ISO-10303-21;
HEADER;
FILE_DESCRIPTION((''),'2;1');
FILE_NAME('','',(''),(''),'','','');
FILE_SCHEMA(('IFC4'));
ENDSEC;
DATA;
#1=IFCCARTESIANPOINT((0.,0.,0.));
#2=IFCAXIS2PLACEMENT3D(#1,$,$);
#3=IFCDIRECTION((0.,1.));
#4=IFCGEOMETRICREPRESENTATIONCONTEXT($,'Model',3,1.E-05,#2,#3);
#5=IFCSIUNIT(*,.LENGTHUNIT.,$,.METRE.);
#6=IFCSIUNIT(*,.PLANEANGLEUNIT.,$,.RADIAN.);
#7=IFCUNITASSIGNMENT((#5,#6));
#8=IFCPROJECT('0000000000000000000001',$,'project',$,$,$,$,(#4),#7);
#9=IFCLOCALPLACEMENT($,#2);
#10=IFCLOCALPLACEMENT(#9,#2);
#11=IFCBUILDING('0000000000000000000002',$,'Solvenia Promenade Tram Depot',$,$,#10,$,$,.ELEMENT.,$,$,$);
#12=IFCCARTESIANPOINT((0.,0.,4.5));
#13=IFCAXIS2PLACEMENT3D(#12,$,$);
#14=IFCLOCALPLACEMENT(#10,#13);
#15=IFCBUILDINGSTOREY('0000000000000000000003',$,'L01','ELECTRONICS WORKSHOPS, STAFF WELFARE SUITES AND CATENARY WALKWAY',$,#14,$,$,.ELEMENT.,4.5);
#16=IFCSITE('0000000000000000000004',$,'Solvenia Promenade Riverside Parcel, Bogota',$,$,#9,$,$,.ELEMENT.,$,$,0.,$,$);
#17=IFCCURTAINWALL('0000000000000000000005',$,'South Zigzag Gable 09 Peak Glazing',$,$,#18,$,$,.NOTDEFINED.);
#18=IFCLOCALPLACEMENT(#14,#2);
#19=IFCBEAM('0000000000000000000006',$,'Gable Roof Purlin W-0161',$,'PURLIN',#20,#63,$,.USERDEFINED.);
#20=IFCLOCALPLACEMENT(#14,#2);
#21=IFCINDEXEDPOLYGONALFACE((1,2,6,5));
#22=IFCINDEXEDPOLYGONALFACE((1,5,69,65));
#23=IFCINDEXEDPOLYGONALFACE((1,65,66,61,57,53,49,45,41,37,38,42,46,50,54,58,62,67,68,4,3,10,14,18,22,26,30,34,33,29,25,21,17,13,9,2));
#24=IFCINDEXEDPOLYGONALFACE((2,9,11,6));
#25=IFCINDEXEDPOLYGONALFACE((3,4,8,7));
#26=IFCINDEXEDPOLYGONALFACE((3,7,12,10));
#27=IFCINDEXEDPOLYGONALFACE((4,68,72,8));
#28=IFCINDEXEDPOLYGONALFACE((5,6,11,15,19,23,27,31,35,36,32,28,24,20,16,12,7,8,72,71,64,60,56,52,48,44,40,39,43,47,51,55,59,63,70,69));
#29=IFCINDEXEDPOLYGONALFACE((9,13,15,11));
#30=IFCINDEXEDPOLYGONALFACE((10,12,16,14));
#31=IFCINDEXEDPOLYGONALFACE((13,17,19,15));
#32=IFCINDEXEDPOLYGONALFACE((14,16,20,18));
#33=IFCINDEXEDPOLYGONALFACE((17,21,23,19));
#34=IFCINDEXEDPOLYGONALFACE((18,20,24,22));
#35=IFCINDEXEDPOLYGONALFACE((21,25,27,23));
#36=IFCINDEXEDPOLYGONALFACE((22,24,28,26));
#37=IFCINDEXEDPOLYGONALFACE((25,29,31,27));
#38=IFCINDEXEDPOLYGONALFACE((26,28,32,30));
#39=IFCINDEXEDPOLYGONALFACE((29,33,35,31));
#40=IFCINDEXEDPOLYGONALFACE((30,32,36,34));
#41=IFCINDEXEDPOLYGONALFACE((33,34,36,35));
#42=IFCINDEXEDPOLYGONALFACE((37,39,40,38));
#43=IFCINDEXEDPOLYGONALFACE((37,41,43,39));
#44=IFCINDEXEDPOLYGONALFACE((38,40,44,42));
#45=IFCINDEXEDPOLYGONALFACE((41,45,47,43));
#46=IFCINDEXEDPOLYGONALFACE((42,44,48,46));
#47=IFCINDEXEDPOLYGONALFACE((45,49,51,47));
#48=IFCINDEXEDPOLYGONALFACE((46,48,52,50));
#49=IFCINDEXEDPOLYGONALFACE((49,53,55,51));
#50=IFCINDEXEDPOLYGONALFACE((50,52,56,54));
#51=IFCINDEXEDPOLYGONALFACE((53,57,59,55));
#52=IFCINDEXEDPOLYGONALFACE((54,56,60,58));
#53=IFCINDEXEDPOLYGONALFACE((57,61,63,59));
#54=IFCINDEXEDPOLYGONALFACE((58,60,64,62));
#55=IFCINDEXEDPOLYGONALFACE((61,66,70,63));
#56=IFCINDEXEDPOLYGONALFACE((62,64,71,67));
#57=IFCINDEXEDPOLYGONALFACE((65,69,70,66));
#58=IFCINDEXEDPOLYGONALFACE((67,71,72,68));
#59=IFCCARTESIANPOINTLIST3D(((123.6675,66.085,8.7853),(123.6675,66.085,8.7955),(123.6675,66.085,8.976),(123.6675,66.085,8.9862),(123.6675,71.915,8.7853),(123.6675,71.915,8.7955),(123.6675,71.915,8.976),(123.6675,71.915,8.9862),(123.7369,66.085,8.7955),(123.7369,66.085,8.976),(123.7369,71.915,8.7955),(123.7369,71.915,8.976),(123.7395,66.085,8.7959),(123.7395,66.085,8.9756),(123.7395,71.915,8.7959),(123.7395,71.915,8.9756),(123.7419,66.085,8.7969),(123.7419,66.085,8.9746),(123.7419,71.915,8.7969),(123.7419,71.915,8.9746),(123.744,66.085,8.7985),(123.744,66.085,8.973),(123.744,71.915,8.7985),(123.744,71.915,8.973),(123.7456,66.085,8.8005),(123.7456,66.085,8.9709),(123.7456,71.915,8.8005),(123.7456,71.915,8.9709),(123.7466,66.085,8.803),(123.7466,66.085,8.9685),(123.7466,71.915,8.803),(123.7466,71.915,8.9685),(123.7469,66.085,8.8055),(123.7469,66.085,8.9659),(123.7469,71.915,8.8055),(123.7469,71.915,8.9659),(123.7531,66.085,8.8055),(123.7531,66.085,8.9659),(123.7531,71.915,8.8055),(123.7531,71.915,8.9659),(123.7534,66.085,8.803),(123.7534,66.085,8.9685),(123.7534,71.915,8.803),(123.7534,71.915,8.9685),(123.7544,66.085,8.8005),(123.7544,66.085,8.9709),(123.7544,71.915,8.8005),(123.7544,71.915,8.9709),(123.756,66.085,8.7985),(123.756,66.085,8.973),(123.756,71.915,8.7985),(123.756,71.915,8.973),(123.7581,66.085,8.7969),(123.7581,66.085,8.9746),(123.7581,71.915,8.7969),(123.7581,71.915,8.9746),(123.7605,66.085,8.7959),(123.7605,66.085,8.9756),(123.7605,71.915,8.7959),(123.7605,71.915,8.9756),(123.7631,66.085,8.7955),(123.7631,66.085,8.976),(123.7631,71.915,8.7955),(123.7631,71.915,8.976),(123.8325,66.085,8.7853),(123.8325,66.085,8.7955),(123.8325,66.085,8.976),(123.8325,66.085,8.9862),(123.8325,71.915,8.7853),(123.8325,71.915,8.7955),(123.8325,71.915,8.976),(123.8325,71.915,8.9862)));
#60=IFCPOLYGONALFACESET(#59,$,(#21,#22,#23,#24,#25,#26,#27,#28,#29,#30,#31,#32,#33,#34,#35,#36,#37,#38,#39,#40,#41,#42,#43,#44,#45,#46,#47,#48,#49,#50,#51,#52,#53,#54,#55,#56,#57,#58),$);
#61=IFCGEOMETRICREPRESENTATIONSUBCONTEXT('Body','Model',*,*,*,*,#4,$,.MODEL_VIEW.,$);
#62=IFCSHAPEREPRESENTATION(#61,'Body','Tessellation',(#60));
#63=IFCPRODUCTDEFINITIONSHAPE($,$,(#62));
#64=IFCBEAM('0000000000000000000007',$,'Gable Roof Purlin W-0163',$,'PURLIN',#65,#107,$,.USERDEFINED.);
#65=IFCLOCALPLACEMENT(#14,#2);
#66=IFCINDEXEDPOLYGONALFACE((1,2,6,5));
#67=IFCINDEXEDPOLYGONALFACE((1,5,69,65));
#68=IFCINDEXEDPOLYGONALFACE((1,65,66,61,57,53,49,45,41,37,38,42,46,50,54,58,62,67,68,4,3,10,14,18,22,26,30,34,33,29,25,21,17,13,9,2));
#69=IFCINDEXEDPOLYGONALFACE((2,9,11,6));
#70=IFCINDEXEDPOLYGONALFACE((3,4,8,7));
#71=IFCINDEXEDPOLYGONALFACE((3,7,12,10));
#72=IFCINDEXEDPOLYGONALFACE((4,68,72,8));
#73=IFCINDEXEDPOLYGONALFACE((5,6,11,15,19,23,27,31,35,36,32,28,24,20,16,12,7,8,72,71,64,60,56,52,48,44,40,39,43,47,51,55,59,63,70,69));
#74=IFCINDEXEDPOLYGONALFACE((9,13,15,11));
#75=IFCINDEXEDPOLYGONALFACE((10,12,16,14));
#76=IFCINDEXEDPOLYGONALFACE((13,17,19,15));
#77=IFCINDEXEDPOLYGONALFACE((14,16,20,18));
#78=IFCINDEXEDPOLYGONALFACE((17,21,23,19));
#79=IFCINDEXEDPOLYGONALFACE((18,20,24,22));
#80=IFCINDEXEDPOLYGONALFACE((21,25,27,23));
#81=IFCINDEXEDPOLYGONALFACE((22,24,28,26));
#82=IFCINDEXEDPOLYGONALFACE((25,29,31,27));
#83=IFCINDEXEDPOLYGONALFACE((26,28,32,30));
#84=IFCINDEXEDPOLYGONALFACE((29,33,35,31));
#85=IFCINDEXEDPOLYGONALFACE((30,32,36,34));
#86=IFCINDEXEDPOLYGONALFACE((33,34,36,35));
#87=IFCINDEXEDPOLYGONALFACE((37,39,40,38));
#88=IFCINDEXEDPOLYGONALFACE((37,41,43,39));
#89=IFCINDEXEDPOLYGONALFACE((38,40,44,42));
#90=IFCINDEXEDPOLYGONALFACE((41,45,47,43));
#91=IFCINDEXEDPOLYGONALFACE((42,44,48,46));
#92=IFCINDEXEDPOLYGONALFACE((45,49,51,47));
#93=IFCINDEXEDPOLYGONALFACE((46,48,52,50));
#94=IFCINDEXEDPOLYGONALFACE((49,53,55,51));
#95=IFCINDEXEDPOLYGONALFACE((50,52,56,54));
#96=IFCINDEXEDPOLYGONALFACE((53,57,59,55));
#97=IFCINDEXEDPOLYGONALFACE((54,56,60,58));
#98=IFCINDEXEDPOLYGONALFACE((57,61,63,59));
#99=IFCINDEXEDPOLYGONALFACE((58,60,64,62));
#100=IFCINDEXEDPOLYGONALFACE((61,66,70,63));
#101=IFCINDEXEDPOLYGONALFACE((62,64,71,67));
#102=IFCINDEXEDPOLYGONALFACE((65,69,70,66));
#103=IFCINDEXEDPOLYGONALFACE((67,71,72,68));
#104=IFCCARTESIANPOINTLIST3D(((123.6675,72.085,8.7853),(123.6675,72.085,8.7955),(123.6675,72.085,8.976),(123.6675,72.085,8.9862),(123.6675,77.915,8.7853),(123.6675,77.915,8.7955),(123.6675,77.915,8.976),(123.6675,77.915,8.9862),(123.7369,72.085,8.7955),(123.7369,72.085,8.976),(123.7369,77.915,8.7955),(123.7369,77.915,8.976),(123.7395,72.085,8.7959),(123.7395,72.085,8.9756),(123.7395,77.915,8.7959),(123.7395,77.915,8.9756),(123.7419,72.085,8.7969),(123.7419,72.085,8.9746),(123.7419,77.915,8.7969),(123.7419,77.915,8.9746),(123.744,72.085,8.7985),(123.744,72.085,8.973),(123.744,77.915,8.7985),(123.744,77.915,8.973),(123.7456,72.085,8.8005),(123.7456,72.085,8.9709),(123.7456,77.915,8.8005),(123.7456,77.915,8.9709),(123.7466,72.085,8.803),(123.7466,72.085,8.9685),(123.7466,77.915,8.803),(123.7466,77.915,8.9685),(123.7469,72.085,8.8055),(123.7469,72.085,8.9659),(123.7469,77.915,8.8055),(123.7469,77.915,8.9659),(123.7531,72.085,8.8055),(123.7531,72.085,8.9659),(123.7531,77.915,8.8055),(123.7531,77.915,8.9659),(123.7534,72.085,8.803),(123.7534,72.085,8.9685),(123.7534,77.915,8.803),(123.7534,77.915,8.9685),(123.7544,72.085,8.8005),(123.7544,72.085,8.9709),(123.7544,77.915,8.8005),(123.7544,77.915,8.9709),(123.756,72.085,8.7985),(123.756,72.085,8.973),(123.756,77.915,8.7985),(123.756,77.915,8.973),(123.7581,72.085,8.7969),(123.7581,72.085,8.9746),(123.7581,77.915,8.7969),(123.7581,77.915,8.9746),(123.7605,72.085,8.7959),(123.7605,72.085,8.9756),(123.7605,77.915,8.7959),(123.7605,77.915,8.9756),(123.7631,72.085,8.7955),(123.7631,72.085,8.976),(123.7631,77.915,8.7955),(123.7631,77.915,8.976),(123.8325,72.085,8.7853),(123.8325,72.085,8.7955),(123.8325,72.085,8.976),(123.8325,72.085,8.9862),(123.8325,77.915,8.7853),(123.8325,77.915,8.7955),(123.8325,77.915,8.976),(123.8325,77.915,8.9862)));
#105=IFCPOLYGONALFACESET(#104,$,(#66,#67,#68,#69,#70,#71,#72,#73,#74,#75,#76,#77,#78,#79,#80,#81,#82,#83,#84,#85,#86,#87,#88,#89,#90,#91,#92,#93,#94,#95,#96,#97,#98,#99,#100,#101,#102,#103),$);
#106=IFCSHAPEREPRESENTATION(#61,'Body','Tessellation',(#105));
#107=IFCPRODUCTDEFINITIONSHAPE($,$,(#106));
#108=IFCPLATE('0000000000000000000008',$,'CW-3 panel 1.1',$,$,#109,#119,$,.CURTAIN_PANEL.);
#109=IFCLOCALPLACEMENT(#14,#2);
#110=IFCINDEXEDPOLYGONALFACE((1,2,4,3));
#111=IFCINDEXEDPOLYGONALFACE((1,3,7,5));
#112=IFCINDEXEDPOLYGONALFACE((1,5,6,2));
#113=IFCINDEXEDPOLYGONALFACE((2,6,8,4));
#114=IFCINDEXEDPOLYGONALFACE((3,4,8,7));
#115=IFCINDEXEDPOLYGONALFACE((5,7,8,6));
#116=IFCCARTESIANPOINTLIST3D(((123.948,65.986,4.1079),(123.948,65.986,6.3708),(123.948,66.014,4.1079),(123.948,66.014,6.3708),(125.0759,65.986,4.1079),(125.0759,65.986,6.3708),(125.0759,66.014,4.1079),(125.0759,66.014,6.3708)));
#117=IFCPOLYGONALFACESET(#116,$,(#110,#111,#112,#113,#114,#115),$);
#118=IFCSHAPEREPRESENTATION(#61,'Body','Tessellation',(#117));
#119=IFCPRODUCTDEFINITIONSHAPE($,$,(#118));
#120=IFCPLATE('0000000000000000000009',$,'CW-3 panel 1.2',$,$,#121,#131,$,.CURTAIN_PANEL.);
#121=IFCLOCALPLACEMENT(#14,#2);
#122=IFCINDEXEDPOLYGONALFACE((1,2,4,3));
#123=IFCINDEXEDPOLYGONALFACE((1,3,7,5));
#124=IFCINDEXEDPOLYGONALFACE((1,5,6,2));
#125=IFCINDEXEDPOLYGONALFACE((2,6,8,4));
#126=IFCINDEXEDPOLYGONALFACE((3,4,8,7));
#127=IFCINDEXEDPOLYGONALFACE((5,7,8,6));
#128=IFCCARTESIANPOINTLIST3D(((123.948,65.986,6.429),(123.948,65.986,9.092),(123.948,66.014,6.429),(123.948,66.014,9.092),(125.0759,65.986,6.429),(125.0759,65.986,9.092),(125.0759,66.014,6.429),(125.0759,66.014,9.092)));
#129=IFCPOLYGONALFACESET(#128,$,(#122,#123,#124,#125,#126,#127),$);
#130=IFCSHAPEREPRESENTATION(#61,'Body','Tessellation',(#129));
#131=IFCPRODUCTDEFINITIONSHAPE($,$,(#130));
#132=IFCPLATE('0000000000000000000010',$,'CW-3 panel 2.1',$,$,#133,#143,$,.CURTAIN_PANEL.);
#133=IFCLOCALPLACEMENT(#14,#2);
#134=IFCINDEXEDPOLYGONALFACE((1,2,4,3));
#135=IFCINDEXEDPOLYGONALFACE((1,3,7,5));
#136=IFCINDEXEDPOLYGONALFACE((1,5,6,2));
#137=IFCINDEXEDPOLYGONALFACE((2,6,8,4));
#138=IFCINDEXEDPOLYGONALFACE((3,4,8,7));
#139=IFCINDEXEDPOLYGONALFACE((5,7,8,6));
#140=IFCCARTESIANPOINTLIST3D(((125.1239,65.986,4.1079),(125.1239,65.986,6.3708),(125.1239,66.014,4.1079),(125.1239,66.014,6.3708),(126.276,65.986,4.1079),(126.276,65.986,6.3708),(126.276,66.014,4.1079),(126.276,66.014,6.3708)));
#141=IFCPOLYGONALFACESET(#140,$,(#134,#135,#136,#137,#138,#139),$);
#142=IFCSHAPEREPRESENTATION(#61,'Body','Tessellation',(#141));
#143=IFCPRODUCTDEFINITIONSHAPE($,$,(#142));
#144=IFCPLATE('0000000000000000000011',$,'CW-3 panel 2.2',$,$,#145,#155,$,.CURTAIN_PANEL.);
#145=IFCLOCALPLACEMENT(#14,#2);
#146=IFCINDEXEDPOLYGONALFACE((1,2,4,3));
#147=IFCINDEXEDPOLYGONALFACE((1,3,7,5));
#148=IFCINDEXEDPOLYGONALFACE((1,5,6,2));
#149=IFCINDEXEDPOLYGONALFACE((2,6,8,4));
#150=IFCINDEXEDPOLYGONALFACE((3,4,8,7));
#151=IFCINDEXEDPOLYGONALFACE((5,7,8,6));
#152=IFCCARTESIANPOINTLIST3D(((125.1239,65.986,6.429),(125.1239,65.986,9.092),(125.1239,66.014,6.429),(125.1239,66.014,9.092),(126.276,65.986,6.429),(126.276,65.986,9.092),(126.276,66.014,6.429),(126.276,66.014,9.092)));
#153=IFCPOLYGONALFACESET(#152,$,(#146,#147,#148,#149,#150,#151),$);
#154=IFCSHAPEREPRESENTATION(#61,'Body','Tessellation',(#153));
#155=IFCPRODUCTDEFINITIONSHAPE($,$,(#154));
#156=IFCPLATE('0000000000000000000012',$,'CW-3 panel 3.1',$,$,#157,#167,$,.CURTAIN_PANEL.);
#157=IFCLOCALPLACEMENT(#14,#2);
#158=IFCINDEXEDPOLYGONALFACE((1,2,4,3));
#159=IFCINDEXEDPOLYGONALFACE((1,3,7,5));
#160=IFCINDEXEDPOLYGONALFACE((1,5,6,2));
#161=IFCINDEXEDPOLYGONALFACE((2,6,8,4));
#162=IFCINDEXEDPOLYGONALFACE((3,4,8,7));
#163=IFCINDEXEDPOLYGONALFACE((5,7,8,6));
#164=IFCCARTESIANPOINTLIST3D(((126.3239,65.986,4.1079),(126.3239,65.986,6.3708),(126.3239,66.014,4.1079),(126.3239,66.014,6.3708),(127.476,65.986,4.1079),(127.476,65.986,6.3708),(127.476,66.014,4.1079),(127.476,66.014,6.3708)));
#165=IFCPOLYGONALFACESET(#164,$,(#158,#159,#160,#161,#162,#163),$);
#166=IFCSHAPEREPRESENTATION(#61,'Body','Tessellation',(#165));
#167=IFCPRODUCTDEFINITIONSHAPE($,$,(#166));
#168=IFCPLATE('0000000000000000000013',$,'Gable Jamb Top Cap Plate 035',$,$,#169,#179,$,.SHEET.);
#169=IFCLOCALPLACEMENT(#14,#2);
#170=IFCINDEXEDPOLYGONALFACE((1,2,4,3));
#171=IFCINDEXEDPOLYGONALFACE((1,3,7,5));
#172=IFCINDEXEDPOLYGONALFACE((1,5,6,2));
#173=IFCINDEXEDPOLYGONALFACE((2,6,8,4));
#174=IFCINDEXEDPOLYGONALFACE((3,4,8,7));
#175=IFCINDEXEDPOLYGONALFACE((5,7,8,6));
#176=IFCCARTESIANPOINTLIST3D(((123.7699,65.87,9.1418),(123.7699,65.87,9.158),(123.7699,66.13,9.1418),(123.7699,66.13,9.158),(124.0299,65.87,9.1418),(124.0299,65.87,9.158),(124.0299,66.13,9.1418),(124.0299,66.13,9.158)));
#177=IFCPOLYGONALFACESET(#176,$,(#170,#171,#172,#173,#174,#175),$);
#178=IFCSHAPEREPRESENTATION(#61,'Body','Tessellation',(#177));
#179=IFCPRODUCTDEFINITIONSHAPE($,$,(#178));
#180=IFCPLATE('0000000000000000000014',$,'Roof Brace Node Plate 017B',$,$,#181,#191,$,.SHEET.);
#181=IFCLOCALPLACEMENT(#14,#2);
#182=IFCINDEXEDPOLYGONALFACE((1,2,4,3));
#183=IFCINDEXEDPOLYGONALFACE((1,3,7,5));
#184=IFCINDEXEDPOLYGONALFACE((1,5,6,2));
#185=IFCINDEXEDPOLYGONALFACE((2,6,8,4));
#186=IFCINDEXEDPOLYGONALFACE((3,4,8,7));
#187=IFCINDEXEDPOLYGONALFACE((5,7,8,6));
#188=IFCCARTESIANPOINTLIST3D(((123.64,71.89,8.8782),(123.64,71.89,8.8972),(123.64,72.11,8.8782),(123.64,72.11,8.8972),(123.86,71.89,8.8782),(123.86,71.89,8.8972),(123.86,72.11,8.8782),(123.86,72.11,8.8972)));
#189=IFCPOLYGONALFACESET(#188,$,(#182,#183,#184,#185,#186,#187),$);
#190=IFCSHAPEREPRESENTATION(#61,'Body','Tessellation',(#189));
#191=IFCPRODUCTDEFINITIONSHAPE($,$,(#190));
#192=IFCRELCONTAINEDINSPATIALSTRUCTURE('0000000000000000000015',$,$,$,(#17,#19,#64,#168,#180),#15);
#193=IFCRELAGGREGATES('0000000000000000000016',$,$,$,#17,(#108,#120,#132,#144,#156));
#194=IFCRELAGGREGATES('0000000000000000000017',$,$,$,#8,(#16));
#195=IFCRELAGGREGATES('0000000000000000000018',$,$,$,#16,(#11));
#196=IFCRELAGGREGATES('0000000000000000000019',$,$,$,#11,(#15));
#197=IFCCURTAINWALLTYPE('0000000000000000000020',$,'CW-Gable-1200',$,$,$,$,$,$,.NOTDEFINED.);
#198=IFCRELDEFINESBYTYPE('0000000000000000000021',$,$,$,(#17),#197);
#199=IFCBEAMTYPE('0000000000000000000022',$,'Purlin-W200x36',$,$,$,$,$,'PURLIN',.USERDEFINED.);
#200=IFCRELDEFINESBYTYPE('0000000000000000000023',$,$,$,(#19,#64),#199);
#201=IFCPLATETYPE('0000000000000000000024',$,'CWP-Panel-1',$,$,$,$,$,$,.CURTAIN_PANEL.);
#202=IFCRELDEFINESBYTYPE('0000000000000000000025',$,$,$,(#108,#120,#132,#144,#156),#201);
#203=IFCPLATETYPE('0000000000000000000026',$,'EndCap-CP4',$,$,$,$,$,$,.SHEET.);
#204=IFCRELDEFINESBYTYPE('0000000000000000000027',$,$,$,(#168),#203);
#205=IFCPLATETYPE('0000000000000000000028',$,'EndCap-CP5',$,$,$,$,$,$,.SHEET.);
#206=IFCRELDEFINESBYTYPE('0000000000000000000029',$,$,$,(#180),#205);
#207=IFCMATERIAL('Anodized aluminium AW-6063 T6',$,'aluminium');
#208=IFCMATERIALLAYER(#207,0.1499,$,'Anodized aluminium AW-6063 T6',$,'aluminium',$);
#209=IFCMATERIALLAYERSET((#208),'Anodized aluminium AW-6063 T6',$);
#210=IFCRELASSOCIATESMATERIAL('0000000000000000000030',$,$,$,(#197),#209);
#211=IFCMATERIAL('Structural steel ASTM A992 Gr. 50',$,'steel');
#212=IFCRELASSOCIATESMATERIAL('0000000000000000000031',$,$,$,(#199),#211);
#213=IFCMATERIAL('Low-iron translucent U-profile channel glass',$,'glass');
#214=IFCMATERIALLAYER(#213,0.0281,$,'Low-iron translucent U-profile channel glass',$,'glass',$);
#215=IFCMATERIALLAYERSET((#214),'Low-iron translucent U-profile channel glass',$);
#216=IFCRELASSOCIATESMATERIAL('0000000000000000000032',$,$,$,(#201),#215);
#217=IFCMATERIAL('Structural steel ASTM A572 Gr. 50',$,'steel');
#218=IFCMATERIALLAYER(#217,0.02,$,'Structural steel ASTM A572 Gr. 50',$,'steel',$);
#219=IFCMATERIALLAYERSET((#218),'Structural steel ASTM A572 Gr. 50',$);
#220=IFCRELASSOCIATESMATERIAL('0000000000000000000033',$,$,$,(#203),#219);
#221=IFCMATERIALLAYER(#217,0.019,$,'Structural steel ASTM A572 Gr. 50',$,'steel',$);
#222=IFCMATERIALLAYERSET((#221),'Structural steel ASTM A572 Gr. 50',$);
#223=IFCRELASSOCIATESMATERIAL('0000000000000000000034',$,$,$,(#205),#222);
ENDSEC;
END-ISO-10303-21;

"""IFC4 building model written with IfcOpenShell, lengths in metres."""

from ifc_helpers import new_model, si_unit, direction, frame, origin, origin_2d, place, context, subcontext, project, spatial, rectangle, i_section, extrude, material, layer, layer_set, material_profile, profile_set, type_object, element, aggregate, save


model = new_model("IFC4")

# Units and contexts
model_context = context("Model", 3, precision=1e-05, world=origin(), true_north=direction((0.0, 1.0)))
body_context = subcontext(model_context, "Body", "Model", "MODEL_VIEW")
ifc_project = project(units=[si_unit("LENGTHUNIT", "METRE"), si_unit("PLANEANGLEUNIT", "RADIAN")], contexts=[model_context])

# Site, building, storey
site_placement = place(None, origin())
site = spatial("IfcSite", under=ifc_project, at=site_placement, Name="Solvenia Promenade Riverside Parcel, Bogota", CompositionType="ELEMENT", RefElevation=0.0)
building_placement = place(site_placement, origin())
building = spatial("IfcBuilding", under=site, at=building_placement, Name="Solvenia Promenade Tram Depot", CompositionType="ELEMENT")
storey_placement = place(building_placement, frame((0.0, 0.0, 4.5)))
storey = spatial("IfcBuildingStorey", under=building, at=storey_placement, Name="L01", Description="ELECTRONICS WORKSHOPS, STAFF WELFARE SUITES AND CATENARY WALKWAY", CompositionType="ELEMENT", Elevation=4.5)

# Curtain wall
ifc_material_1 = material(Name="Anodized aluminium AW-6063 T6", Category="aluminium")
ifc_layer_1 = layer(ifc_material_1, 0.1499, Name="Anodized aluminium AW-6063 T6", Category="aluminium")
ifc_layer_set_1 = layer_set([ifc_layer_1], Name="Anodized aluminium AW-6063 T6")
curtain_wall_type = type_object("IfcCurtainWallType", Name="CW-Gable-1200", PredefinedType="NOTDEFINED", material=ifc_layer_set_1)
curtain_wall_placement = place(storey_placement, origin())
curtain_wall = element("IfcCurtainWall", 1, at=curtain_wall_placement, inside=storey, type_object=curtain_wall_type, Name="South Zigzag Gable 09 Peak Glazing", PredefinedType="NOTDEFINED")

# Beams
ifc_material_2 = material(Name="Structural steel ASTM A992 Gr. 50", Category="steel")
ifc_material_profile_1 = material_profile(ifc_material_2, i_section(OverallWidth=0.165, OverallDepth=0.2009, WebThickness=0.0061, FlangeThickness=0.0103, FilletRadius=0.01, at=origin_2d()), Name="W200x36", Category="steel")
ifc_profile_set_1 = profile_set([ifc_material_profile_1], Name="Structural steel ASTM A992 Gr. 50")
beam_type_1 = type_object("IfcBeamType", Name="Purlin-W200x36", ElementType="PURLIN", PredefinedType="USERDEFINED", material=ifc_profile_set_1)
for number, where, z_axis, x_axis, name in (
    (2, (123.75, 66.085, 8.8857), (0.0, 1.0, 0.0), (-1.0, 0.0, 0.0), "Gable Roof Purlin W-0161"),
    (3, (123.75, 72.085, 8.8857), (0.0, 1.0, 0.0), (-1.0, 0.0, 0.0), "Gable Roof Purlin W-0163"),
):
    element("IfcBeam", number, at=place(storey_placement, frame(where, z_axis=z_axis, x_axis=x_axis)), inside=storey, type_object=beam_type_1, Name=name, ObjectType="PURLIN", PredefinedType="USERDEFINED", context=body_context, shape_type="SweptSolid", body=[
        extrude(i_section(OverallWidth=0.165, OverallDepth=0.2009, WebThickness=0.0061, FlangeThickness=0.0103, FilletRadius=0.01, at=origin_2d()), origin(), (0.0, 0.0, 1.0), 5.8301),
    ])

# Plates
ifc_material_3 = material(Name="Low-iron translucent U-profile channel glass", Category="glass")
ifc_layer_2 = layer(ifc_material_3, 0.0281, Name="Low-iron translucent U-profile channel glass", Category="glass")
ifc_layer_set_2 = layer_set([ifc_layer_2], Name="Low-iron translucent U-profile channel glass")
plate_type_1 = type_object("IfcPlateType", Name="CWP-Panel-1", PredefinedType="CURTAIN_PANEL", material=ifc_layer_set_2)
plate_1_placement = place(storey_placement, frame((124.512, 66.0, 4.1079), z_axis=(0.0, 0.0, 1.0), x_axis=(1.0, 0.0, 0.0)))
plate_1 = element("IfcPlate", 4, at=plate_1_placement, type_object=plate_type_1, Name="CW-3 panel 1.1", PredefinedType="CURTAIN_PANEL", context=body_context, shape_type="SweptSolid", body=[
    extrude(rectangle(XDim=1.1279, YDim=0.0281, at=origin_2d()), origin(), (0.0, 0.0, 1.0), 2.2629),
])
plate_2_placement = place(storey_placement, frame((124.512, 66.0, 6.429), z_axis=(0.0, 0.0, 1.0), x_axis=(1.0, 0.0, 0.0)))
plate_2 = element("IfcPlate", 5, at=plate_2_placement, type_object=plate_type_1, Name="CW-3 panel 1.2", PredefinedType="CURTAIN_PANEL", context=body_context, shape_type="SweptSolid", body=[
    extrude(rectangle(XDim=1.1279, YDim=0.0281, at=origin_2d()), origin(), (0.0, 0.0, 1.0), 2.6631),
])
plate_3_placement = place(storey_placement, frame((125.7, 66.0, 4.1079), z_axis=(0.0, 0.0, 1.0), x_axis=(1.0, 0.0, 0.0)))
plate_3 = element("IfcPlate", 6, at=plate_3_placement, type_object=plate_type_1, Name="CW-3 panel 2.1", PredefinedType="CURTAIN_PANEL", context=body_context, shape_type="SweptSolid", body=[
    extrude(rectangle(XDim=1.1521, YDim=0.0281, at=origin_2d()), origin(), (0.0, 0.0, 1.0), 2.2629),
])
plate_4_placement = place(storey_placement, frame((125.7, 66.0, 6.429), z_axis=(0.0, 0.0, 1.0), x_axis=(1.0, 0.0, 0.0)))
plate_4 = element("IfcPlate", 7, at=plate_4_placement, type_object=plate_type_1, Name="CW-3 panel 2.2", PredefinedType="CURTAIN_PANEL", context=body_context, shape_type="SweptSolid", body=[
    extrude(rectangle(XDim=1.1521, YDim=0.0281, at=origin_2d()), origin(), (0.0, 0.0, 1.0), 2.6631),
])
plate_5_placement = place(storey_placement, frame((126.8999, 66.0, 4.1079), z_axis=(0.0, 0.0, 1.0), x_axis=(1.0, 0.0, 0.0)))
plate_5 = element("IfcPlate", 8, at=plate_5_placement, type_object=plate_type_1, Name="CW-3 panel 3.1", PredefinedType="CURTAIN_PANEL", context=body_context, shape_type="SweptSolid", body=[
    extrude(rectangle(XDim=1.1521, YDim=0.0281, at=origin_2d()), origin(), (0.0, 0.0, 1.0), 2.2629),
])
aggregate(curtain_wall, [plate_1, plate_2, plate_3, plate_4, plate_5])

# Plates
ifc_material_4 = material(Name="Structural steel ASTM A572 Gr. 50", Category="steel")
ifc_layer_3 = layer(ifc_material_4, 0.02, Name="Structural steel ASTM A572 Gr. 50", Category="steel")
ifc_layer_set_3 = layer_set([ifc_layer_3], Name="Structural steel ASTM A572 Gr. 50")
plate_type_2 = type_object("IfcPlateType", Name="EndCap-CP4", PredefinedType="SHEET", material=ifc_layer_set_3)
plate_6_placement = place(storey_placement, frame((123.8999, 66.0, 9.1418), z_axis=(0.0, 0.0, 1.0), x_axis=(1.0, 0.0, 0.0)))
element("IfcPlate", 9, at=plate_6_placement, inside=storey, type_object=plate_type_2, Name="Gable Jamb Top Cap Plate 035", PredefinedType="SHEET", context=body_context, shape_type="SweptSolid", body=[
    extrude(rectangle(XDim=0.26, YDim=0.26, at=origin_2d()), origin(), (0.0, 0.0, 1.0), 0.0161),
])
ifc_layer_4 = layer(ifc_material_4, 0.019, Name="Structural steel ASTM A572 Gr. 50", Category="steel")
ifc_layer_set_4 = layer_set([ifc_layer_4], Name="Structural steel ASTM A572 Gr. 50")
plate_type_3 = type_object("IfcPlateType", Name="EndCap-CP5", PredefinedType="SHEET", material=ifc_layer_set_4)
plate_7_placement = place(storey_placement, frame((123.75, 72.0, 8.8782), z_axis=(0.0, 0.0, 1.0), x_axis=(1.0, 0.0, 0.0)))
element("IfcPlate", 10, at=plate_7_placement, inside=storey, type_object=plate_type_3, Name="Roof Brace Node Plate 017B", PredefinedType="SHEET", context=body_context, shape_type="SweptSolid", body=[
    extrude(rectangle(XDim=0.22, YDim=0.22, at=origin_2d()), origin(), (0.0, 0.0, 1.0), 0.019),
])

save(model, "model.ifc")
